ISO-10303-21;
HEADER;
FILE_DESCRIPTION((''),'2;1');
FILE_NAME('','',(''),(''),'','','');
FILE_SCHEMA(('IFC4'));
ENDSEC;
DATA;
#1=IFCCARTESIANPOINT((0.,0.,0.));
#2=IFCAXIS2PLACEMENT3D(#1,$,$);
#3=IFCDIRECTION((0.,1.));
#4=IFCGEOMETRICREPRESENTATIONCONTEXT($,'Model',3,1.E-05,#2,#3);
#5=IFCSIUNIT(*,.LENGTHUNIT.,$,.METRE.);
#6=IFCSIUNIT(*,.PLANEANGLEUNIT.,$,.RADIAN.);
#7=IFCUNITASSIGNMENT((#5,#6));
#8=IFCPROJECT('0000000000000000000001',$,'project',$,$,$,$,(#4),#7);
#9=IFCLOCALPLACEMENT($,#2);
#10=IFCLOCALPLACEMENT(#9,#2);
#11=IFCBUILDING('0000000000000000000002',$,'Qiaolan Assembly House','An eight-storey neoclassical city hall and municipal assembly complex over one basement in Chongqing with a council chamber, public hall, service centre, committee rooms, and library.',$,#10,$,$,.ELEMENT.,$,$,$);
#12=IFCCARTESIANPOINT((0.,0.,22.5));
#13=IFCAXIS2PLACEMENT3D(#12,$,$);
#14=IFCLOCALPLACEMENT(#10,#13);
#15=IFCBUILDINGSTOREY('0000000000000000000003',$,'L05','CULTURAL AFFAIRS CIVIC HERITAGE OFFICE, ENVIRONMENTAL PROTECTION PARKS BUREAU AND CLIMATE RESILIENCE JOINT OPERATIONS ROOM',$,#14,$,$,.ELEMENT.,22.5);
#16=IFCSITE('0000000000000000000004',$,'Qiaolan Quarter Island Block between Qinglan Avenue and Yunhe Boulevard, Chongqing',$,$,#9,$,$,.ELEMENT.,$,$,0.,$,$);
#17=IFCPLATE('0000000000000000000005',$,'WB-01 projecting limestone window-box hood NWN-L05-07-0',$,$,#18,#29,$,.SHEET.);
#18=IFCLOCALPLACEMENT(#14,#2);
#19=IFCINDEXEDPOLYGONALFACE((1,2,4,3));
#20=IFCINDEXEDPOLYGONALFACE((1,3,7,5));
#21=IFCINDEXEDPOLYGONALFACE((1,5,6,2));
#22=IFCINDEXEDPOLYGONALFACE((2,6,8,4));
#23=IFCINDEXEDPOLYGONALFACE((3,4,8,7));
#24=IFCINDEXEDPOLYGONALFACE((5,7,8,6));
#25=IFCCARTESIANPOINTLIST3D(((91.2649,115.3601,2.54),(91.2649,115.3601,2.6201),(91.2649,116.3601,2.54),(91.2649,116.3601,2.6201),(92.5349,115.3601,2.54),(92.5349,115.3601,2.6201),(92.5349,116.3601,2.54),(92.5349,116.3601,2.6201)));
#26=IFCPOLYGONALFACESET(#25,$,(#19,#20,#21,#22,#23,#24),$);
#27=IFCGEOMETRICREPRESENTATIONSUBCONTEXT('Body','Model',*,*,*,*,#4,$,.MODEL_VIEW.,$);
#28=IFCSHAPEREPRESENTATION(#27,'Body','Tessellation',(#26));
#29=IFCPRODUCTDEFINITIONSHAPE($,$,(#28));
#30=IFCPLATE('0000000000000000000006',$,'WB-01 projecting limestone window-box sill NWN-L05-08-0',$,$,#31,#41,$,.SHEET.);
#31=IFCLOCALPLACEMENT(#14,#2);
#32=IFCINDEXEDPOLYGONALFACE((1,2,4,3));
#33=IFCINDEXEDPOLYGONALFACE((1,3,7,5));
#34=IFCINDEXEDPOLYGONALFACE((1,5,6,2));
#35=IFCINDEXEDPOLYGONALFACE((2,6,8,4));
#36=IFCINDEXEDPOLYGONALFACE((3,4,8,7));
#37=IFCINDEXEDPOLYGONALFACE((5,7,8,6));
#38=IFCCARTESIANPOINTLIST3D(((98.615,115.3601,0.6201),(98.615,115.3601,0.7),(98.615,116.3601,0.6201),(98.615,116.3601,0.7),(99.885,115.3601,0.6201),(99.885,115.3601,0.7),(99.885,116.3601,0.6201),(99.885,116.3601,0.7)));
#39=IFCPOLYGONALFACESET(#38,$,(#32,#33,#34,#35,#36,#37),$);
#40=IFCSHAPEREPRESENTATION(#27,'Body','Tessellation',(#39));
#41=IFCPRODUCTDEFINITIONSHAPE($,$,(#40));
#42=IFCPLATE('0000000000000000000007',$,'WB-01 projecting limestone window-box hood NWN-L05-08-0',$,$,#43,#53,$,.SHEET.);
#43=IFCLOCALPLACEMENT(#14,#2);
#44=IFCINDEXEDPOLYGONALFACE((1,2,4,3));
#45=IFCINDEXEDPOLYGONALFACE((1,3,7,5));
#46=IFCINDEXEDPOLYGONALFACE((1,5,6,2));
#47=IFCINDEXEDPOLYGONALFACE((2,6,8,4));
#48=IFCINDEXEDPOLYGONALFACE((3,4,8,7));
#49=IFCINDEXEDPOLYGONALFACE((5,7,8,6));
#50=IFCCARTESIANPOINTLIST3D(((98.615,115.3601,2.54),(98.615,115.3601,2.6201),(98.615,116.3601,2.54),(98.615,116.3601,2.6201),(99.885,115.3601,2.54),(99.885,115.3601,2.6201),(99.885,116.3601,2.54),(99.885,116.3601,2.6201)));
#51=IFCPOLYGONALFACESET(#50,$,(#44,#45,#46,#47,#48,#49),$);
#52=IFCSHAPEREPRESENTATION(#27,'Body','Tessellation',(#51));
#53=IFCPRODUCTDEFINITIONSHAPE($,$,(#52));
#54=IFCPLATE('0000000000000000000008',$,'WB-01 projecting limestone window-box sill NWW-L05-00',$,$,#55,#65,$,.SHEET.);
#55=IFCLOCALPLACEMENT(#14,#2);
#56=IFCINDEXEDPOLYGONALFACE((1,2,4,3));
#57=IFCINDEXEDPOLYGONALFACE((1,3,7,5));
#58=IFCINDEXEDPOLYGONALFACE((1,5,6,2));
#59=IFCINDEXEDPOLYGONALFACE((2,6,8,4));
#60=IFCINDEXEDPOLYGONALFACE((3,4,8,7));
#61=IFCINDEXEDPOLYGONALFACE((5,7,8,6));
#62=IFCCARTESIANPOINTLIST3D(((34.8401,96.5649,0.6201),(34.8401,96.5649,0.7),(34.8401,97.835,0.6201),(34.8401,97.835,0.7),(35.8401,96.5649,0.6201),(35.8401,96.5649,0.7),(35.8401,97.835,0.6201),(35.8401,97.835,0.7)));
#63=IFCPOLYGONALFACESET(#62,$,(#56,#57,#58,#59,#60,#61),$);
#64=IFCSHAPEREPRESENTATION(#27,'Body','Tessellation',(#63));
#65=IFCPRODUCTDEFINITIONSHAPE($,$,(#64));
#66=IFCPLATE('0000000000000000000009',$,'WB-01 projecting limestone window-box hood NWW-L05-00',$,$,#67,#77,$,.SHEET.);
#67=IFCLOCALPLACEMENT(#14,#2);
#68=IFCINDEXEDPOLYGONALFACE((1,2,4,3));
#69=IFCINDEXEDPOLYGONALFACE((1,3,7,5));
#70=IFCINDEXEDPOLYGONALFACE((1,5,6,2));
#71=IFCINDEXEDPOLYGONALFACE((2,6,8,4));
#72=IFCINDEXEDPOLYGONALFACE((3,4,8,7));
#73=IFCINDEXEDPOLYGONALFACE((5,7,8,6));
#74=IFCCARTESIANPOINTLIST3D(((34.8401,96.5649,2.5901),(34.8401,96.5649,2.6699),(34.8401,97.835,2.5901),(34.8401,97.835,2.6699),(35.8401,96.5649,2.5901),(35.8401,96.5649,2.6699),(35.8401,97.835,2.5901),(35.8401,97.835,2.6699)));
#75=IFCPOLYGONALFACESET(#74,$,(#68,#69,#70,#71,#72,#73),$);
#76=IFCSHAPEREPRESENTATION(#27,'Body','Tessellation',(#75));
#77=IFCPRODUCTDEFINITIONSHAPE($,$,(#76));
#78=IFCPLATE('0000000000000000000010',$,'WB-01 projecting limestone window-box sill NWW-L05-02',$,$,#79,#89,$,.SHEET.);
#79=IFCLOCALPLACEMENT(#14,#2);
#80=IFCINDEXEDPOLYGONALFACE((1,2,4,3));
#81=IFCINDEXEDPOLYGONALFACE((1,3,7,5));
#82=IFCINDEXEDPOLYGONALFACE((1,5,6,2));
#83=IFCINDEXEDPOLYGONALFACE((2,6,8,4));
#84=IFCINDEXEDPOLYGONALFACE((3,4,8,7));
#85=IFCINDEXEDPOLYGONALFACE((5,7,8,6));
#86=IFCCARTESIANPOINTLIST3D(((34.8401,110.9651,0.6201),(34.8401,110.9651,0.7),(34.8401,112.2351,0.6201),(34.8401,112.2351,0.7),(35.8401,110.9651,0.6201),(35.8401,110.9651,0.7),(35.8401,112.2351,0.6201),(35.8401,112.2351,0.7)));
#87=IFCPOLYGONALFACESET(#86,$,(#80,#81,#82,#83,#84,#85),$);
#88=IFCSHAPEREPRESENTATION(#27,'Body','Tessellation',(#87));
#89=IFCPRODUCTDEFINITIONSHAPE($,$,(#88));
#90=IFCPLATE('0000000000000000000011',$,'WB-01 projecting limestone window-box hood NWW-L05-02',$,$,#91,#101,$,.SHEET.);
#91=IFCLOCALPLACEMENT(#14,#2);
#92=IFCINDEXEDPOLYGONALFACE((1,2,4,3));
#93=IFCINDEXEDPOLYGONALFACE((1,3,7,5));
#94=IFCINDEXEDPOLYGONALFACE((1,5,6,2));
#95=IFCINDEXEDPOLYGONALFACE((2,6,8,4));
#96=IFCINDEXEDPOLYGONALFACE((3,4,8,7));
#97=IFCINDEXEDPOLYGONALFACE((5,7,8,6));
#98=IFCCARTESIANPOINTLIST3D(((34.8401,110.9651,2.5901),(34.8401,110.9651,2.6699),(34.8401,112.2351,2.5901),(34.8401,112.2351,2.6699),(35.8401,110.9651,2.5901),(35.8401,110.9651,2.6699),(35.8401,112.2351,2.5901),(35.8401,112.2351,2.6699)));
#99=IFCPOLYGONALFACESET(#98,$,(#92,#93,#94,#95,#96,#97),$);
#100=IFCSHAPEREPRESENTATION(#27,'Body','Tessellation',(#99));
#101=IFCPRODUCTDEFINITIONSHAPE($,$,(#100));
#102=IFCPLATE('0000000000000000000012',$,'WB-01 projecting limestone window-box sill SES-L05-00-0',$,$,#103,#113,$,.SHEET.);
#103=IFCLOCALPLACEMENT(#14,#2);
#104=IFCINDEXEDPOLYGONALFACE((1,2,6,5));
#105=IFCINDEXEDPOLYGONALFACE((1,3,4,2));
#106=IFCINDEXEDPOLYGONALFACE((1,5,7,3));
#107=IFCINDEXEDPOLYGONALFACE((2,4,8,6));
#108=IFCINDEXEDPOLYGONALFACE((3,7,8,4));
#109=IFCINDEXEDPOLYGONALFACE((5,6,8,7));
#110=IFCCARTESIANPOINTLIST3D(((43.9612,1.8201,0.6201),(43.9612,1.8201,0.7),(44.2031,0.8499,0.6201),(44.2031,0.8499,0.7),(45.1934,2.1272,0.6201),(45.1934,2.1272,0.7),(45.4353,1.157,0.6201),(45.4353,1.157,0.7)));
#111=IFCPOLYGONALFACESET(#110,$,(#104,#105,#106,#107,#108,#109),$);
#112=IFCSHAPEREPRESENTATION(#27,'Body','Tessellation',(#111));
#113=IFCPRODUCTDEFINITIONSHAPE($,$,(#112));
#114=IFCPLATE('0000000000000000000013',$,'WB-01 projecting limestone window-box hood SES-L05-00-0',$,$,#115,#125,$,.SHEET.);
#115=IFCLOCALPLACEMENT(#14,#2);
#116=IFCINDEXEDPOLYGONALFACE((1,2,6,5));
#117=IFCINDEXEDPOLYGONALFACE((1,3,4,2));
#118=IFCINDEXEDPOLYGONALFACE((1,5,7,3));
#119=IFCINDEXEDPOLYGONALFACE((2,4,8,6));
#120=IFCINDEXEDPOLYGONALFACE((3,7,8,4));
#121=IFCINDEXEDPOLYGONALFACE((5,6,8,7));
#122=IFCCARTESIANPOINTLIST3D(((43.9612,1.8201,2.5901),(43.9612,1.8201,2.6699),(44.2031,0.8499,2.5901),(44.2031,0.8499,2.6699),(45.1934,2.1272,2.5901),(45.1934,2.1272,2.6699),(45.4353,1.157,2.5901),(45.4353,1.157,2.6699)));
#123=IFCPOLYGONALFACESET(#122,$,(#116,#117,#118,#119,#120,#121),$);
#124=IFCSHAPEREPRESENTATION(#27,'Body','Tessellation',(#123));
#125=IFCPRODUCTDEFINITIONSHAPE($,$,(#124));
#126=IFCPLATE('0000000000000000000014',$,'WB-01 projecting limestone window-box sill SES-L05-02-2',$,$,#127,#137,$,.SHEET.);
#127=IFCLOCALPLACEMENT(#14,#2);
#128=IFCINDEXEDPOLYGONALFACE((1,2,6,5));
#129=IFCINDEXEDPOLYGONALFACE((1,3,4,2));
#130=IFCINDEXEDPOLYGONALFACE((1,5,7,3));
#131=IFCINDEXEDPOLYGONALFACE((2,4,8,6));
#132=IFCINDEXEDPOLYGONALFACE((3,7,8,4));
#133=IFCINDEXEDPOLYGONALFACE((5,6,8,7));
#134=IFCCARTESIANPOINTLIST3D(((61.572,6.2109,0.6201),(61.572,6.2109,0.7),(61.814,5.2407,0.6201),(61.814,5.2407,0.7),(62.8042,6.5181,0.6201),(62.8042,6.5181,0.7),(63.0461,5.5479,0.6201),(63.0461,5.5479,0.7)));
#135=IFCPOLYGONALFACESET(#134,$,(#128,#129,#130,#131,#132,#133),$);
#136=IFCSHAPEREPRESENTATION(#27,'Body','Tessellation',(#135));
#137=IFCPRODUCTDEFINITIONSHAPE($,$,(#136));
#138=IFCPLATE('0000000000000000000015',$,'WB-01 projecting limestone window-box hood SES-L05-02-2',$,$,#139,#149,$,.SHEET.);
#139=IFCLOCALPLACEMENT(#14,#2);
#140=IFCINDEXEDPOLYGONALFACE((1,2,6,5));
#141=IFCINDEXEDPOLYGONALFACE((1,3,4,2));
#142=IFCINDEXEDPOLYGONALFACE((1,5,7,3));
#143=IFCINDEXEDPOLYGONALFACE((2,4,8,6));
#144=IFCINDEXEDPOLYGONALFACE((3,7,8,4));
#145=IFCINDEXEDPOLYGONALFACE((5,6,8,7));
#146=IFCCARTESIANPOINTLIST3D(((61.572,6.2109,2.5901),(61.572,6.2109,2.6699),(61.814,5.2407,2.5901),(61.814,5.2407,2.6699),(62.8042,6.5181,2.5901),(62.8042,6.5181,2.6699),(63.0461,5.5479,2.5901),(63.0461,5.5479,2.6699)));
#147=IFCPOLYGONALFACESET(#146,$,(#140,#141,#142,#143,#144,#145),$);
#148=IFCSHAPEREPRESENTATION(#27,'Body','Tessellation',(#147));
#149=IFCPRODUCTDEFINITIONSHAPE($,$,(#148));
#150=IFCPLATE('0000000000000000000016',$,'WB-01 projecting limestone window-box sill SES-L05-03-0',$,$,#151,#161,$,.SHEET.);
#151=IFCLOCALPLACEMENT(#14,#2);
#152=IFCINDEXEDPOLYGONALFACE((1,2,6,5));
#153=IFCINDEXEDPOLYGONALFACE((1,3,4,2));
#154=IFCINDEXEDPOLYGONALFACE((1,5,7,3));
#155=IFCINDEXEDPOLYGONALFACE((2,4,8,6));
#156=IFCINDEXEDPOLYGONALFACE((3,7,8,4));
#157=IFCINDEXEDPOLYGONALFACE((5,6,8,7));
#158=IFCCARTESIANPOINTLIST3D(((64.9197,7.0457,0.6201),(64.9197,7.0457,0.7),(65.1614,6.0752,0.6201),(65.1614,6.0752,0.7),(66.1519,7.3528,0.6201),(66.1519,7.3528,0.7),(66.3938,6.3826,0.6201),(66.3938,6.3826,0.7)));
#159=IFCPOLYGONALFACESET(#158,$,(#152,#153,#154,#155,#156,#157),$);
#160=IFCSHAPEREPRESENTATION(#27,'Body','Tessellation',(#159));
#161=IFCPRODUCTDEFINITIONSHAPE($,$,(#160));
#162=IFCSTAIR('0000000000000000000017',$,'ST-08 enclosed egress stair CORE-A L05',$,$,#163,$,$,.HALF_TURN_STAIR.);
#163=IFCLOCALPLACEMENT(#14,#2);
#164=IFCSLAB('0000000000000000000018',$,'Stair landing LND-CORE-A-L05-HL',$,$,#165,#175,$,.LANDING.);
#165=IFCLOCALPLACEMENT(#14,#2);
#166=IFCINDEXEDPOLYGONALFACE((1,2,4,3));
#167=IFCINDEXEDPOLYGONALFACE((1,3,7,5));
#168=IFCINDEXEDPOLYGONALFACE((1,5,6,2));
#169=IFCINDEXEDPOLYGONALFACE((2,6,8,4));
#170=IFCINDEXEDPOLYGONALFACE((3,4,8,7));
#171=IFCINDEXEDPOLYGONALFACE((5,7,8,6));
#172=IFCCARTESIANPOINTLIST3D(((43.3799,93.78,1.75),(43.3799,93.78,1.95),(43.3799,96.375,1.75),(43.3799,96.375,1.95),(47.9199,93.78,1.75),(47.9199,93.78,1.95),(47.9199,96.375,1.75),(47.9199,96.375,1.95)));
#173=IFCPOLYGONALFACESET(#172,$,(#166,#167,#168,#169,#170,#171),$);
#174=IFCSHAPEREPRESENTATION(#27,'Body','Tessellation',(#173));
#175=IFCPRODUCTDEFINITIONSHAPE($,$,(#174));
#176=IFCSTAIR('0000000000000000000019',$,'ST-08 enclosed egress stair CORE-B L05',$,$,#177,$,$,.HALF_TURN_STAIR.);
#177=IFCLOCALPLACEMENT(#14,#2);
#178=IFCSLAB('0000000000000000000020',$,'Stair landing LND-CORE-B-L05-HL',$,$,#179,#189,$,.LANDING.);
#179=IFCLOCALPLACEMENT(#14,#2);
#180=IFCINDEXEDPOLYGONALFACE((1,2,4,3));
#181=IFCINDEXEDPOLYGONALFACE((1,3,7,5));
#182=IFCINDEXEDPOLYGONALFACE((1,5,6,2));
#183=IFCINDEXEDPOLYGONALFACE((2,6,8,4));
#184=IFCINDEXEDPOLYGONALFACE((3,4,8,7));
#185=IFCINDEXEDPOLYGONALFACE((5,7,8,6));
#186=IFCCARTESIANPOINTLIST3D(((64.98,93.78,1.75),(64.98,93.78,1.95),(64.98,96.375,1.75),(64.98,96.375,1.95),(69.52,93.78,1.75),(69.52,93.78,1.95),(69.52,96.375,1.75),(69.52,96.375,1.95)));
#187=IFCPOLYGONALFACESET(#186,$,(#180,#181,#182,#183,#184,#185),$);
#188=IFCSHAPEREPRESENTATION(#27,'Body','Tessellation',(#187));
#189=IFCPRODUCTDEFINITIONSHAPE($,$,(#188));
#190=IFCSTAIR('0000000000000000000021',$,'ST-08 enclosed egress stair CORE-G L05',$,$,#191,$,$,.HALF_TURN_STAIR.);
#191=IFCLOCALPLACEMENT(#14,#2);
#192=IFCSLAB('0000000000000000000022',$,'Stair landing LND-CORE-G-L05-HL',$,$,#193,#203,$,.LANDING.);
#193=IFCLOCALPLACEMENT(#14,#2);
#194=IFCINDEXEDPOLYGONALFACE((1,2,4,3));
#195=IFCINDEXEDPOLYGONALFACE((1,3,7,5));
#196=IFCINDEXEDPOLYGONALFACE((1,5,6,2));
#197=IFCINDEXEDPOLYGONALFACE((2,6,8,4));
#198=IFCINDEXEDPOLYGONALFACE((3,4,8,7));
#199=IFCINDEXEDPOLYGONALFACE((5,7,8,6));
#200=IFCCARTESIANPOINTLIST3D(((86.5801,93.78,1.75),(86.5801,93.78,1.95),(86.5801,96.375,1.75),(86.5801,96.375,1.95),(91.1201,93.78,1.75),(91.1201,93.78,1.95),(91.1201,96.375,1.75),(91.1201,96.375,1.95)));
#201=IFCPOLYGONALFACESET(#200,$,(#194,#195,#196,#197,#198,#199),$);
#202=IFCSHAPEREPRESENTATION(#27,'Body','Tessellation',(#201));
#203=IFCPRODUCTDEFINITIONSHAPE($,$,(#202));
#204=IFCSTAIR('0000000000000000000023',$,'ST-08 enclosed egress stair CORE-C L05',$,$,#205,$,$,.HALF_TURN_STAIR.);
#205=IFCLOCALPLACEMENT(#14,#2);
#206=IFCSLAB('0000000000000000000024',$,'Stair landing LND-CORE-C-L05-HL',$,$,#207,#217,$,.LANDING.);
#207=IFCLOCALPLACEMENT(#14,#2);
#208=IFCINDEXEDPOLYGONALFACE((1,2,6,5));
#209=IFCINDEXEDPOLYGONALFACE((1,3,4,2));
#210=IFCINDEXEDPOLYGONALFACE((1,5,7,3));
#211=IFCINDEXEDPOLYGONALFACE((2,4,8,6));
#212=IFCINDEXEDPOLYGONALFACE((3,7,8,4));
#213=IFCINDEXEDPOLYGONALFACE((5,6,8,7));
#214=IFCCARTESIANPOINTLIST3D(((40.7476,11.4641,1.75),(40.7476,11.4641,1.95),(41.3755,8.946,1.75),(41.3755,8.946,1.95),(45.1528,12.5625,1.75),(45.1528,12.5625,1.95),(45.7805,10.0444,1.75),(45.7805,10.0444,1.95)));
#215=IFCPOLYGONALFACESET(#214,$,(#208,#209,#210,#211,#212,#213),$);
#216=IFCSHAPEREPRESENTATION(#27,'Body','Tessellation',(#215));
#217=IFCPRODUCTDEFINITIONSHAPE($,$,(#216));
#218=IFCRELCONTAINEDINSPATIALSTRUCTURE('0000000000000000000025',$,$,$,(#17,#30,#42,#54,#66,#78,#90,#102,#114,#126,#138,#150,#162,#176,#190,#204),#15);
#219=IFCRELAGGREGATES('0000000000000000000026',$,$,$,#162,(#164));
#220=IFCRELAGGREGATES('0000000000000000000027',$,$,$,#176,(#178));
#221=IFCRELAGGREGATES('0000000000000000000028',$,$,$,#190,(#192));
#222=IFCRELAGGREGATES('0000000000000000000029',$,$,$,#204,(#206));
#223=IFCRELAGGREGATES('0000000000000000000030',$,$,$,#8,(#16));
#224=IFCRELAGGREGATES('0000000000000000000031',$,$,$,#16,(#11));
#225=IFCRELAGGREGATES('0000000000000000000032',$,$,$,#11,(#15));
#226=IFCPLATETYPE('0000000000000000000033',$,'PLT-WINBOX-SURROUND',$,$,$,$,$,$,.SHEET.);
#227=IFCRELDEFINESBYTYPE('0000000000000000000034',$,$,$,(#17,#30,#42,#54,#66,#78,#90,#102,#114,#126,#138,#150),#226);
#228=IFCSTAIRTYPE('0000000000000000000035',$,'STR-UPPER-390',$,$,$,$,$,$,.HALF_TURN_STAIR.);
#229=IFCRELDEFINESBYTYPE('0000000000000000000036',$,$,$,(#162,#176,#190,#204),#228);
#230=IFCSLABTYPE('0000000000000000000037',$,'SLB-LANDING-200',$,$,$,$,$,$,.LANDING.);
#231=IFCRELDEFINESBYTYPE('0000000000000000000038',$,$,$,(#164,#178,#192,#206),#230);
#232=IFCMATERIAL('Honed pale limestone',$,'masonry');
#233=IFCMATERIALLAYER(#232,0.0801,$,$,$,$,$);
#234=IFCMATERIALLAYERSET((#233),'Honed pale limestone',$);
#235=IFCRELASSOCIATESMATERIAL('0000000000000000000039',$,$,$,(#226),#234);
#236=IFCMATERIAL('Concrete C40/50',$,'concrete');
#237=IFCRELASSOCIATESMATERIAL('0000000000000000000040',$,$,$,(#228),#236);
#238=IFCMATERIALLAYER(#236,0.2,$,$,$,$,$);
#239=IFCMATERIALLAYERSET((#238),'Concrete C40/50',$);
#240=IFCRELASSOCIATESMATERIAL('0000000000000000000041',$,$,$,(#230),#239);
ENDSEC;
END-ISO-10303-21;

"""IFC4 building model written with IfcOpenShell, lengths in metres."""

from ifc_helpers import new_model, si_unit, direction, frame, origin, place, context, subcontext, project, spatial, polyline, outline, extrude, material, layer, layer_set, type_object, element, aggregate, save


model = new_model("IFC4")

# Units and contexts
model_context = context("Model", 3, precision=1e-05, world=origin(), true_north=direction((0.0, 1.0)))
body_context = subcontext(model_context, "Body", "Model", "MODEL_VIEW")
ifc_project = project(units=[si_unit("LENGTHUNIT", "METRE"), si_unit("PLANEANGLEUNIT", "RADIAN")], contexts=[model_context])

# Site, building, storey
site_placement = place(None, origin())
site = spatial("IfcSite", under=ifc_project, at=site_placement, Name="Qiaolan Quarter Island Block between Qinglan Avenue and Yunhe Boulevard, Chongqing", CompositionType="ELEMENT", RefElevation=0.0)
building_placement = place(site_placement, origin())
building = spatial("IfcBuilding", under=site, at=building_placement, Name="Qiaolan Assembly House", Description="An eight-storey neoclassical city hall and municipal assembly complex over one basement in Chongqing with a council chamber, public hall, service centre, committee rooms, and library.", CompositionType="ELEMENT")
storey_placement = place(building_placement, frame((0.0, 0.0, 22.5)))
storey = spatial("IfcBuildingStorey", under=building, at=storey_placement, Name="L05", Description="CULTURAL AFFAIRS CIVIC HERITAGE OFFICE, ENVIRONMENTAL PROTECTION PARKS BUREAU AND CLIMATE RESILIENCE JOINT OPERATIONS ROOM", CompositionType="ELEMENT", Elevation=22.5)

# Plates
ifc_material_1 = material(Name="Honed pale limestone", Category="masonry")
ifc_layer_1 = layer(ifc_material_1, 0.0801)
ifc_layer_set_1 = layer_set([ifc_layer_1], Name="Honed pale limestone")
plate_type = type_object("IfcPlateType", Name="PLT-WINBOX-SURROUND", PredefinedType="SHEET", material=ifc_layer_set_1)
plate_1_placement = place(storey_placement, frame((0.0, 0.0, 2.54)))
element("IfcPlate", 1, at=plate_1_placement, inside=storey, type_object=plate_type, Name="WB-01 projecting limestone window-box hood NWN-L05-07-0", PredefinedType="SHEET", context=body_context, shape_type="SweptSolid", body=[
    extrude(outline(polyline([(91.2649, 115.3601), (91.2649, 116.3601), (92.5349, 116.3601), (92.5349, 115.3601), (91.2649, 115.3601)])), origin(), (0.0, 0.0, 1.0), 0.0801),
])
plate_2_placement = place(storey_placement, frame((0.0, 0.0, 0.6201)))
element("IfcPlate", 2, at=plate_2_placement, inside=storey, type_object=plate_type, Name="WB-01 projecting limestone window-box sill NWN-L05-08-0", PredefinedType="SHEET", context=body_context, shape_type="SweptSolid", body=[
    extrude(outline(polyline([(98.615, 115.3601), (98.615, 116.3601), (99.885, 116.3601), (99.885, 115.3601), (98.615, 115.3601)])), origin(), (0.0, 0.0, 1.0), 0.0798),
])
plate_3_placement = place(storey_placement, frame((0.0, 0.0, 2.54)))
element("IfcPlate", 3, at=plate_3_placement, inside=storey, type_object=plate_type, Name="WB-01 projecting limestone window-box hood NWN-L05-08-0", PredefinedType="SHEET", context=body_context, shape_type="SweptSolid", body=[
    extrude(outline(polyline([(98.615, 115.3601), (98.615, 116.3601), (99.885, 116.3601), (99.885, 115.3601), (98.615, 115.3601)])), origin(), (0.0, 0.0, 1.0), 0.0801),
])
for number, where, name in (
    (4, (0.0, 0.0, 0.6201), "WB-01 projecting limestone window-box sill NWW-L05-00"),
    (5, (0.0, 0.0, 2.5901), "WB-01 projecting limestone window-box hood NWW-L05-00"),
):
    element("IfcPlate", number, at=place(storey_placement, frame(where)), inside=storey, type_object=plate_type, Name=name, PredefinedType="SHEET", context=body_context, shape_type="SweptSolid", body=[
        extrude(outline(polyline([(34.8401, 96.5649), (34.8401, 97.835), (35.8401, 97.835), (35.8401, 96.5649), (34.8401, 96.5649)])), origin(), (0.0, 0.0, 1.0), 0.0798),
    ])
for number, where, name in (
    (6, (0.0, 0.0, 0.6201), "WB-01 projecting limestone window-box sill NWW-L05-02"),
    (7, (0.0, 0.0, 2.5901), "WB-01 projecting limestone window-box hood NWW-L05-02"),
):
    element("IfcPlate", number, at=place(storey_placement, frame(where)), inside=storey, type_object=plate_type, Name=name, PredefinedType="SHEET", context=body_context, shape_type="SweptSolid", body=[
        extrude(outline(polyline([(34.8401, 110.9651), (34.8401, 112.2351), (35.8401, 112.2351), (35.8401, 110.9651), (34.8401, 110.9651)])), origin(), (0.0, 0.0, 1.0), 0.0798),
    ])
for number, where, name in (
    (8, (0.0, 0.0, 0.6201), "WB-01 projecting limestone window-box sill SES-L05-00-0"),
    (9, (0.0, 0.0, 2.5901), "WB-01 projecting limestone window-box hood SES-L05-00-0"),
):
    element("IfcPlate", number, at=place(storey_placement, frame(where)), inside=storey, type_object=plate_type, Name=name, PredefinedType="SHEET", context=body_context, shape_type="SweptSolid", body=[
        extrude(outline(polyline([(44.2031, 0.8499), (45.4353, 1.157), (45.1934, 2.1272), (43.9612, 1.8201), (44.2031, 0.8499)])), origin(), (0.0, 0.0, 1.0), 0.0798),
    ])
for number, where, name in (
    (10, (0.0, 0.0, 0.6201), "WB-01 projecting limestone window-box sill SES-L05-02-2"),
    (11, (0.0, 0.0, 2.5901), "WB-01 projecting limestone window-box hood SES-L05-02-2"),
):
    element("IfcPlate", number, at=place(storey_placement, frame(where)), inside=storey, type_object=plate_type, Name=name, PredefinedType="SHEET", context=body_context, shape_type="SweptSolid", body=[
        extrude(outline(polyline([(61.814, 5.2407), (63.0461, 5.5479), (62.8042, 6.5181), (61.572, 6.2109), (61.814, 5.2407)])), origin(), (0.0, 0.0, 1.0), 0.0798),
    ])
plate_4_placement = place(storey_placement, frame((0.0, 0.0, 0.6201)))
element("IfcPlate", 12, at=plate_4_placement, inside=storey, type_object=plate_type, Name="WB-01 projecting limestone window-box sill SES-L05-03-0", PredefinedType="SHEET", context=body_context, shape_type="SweptSolid", body=[
    extrude(outline(polyline([(65.1614, 6.0752), (66.3938, 6.3826), (66.1519, 7.3528), (64.9197, 7.0457), (65.1614, 6.0752)])), origin(), (0.0, 0.0, 1.0), 0.0798),
])

# Stairs, slabs
ifc_material_2 = material(Name="Concrete C40/50", Category="concrete")
stair_type = type_object("IfcStairType", Name="STR-UPPER-390", PredefinedType="HALF_TURN_STAIR", material=ifc_material_2)
stair_1_placement = place(storey_placement, origin())
stair_1 = element("IfcStair", 13, at=stair_1_placement, inside=storey, type_object=stair_type, Name="ST-08 enclosed egress stair CORE-A L05", PredefinedType="HALF_TURN_STAIR")
ifc_layer_2 = layer(ifc_material_2, 0.2)
ifc_layer_set_2 = layer_set([ifc_layer_2], Name="Concrete C40/50")
slab_type_1 = type_object("IfcSlabType", Name="SLB-LANDING-200", PredefinedType="LANDING", material=ifc_layer_set_2)
slab_1_placement = place(storey_placement, frame((0.0, 0.0, 1.75)))
slab_1 = element("IfcSlab", 14, at=slab_1_placement, type_object=slab_type_1, Name="Stair landing LND-CORE-A-L05-HL", PredefinedType="LANDING", context=body_context, shape_type="SweptSolid", body=[
    extrude(outline(polyline([(43.3799, 93.78), (43.3799, 96.375), (47.9199, 96.375), (47.9199, 93.78), (43.3799, 93.78)])), origin(), (0.0, 0.0, 1.0), 0.2),
])
aggregate(stair_1, [slab_1])
stair_2_placement = place(storey_placement, origin())
stair_2 = element("IfcStair", 15, at=stair_2_placement, inside=storey, type_object=stair_type, Name="ST-08 enclosed egress stair CORE-B L05", PredefinedType="HALF_TURN_STAIR")
slab_2_placement = place(storey_placement, frame((0.0, 0.0, 1.75)))
slab_2 = element("IfcSlab", 16, at=slab_2_placement, type_object=slab_type_1, Name="Stair landing LND-CORE-B-L05-HL", PredefinedType="LANDING", context=body_context, shape_type="SweptSolid", body=[
    extrude(outline(polyline([(64.98, 93.78), (64.98, 96.375), (69.52, 96.375), (69.52, 93.78), (64.98, 93.78)])), origin(), (0.0, 0.0, 1.0), 0.2),
])
aggregate(stair_2, [slab_2])
stair_3_placement = place(storey_placement, origin())
stair_3 = element("IfcStair", 17, at=stair_3_placement, inside=storey, type_object=stair_type, Name="ST-08 enclosed egress stair CORE-G L05", PredefinedType="HALF_TURN_STAIR")
slab_3_placement = place(storey_placement, frame((0.0, 0.0, 1.75)))
slab_3 = element("IfcSlab", 18, at=slab_3_placement, type_object=slab_type_1, Name="Stair landing LND-CORE-G-L05-HL", PredefinedType="LANDING", context=body_context, shape_type="SweptSolid", body=[
    extrude(outline(polyline([(86.5801, 93.78), (86.5801, 96.375), (91.1201, 96.375), (91.1201, 93.78), (86.5801, 93.78)])), origin(), (0.0, 0.0, 1.0), 0.2),
])
aggregate(stair_3, [slab_3])
stair_4_placement = place(storey_placement, origin())
stair_4 = element("IfcStair", 19, at=stair_4_placement, inside=storey, type_object=stair_type, Name="ST-08 enclosed egress stair CORE-C L05", PredefinedType="HALF_TURN_STAIR")
slab_4_placement = place(storey_placement, frame((0.0, 0.0, 1.75)))
slab_4 = element("IfcSlab", 20, at=slab_4_placement, type_object=slab_type_1, Name="Stair landing LND-CORE-C-L05-HL", PredefinedType="LANDING", context=body_context, shape_type="SweptSolid", body=[
    extrude(outline(polyline([(41.3755, 8.946), (40.7476, 11.4641), (45.1528, 12.5625), (45.7805, 10.0444), (41.3755, 8.946)])), origin(), (0.0, 0.0, 1.0), 0.2),
])
aggregate(stair_4, [slab_4])

save(model, "model.ifc")
